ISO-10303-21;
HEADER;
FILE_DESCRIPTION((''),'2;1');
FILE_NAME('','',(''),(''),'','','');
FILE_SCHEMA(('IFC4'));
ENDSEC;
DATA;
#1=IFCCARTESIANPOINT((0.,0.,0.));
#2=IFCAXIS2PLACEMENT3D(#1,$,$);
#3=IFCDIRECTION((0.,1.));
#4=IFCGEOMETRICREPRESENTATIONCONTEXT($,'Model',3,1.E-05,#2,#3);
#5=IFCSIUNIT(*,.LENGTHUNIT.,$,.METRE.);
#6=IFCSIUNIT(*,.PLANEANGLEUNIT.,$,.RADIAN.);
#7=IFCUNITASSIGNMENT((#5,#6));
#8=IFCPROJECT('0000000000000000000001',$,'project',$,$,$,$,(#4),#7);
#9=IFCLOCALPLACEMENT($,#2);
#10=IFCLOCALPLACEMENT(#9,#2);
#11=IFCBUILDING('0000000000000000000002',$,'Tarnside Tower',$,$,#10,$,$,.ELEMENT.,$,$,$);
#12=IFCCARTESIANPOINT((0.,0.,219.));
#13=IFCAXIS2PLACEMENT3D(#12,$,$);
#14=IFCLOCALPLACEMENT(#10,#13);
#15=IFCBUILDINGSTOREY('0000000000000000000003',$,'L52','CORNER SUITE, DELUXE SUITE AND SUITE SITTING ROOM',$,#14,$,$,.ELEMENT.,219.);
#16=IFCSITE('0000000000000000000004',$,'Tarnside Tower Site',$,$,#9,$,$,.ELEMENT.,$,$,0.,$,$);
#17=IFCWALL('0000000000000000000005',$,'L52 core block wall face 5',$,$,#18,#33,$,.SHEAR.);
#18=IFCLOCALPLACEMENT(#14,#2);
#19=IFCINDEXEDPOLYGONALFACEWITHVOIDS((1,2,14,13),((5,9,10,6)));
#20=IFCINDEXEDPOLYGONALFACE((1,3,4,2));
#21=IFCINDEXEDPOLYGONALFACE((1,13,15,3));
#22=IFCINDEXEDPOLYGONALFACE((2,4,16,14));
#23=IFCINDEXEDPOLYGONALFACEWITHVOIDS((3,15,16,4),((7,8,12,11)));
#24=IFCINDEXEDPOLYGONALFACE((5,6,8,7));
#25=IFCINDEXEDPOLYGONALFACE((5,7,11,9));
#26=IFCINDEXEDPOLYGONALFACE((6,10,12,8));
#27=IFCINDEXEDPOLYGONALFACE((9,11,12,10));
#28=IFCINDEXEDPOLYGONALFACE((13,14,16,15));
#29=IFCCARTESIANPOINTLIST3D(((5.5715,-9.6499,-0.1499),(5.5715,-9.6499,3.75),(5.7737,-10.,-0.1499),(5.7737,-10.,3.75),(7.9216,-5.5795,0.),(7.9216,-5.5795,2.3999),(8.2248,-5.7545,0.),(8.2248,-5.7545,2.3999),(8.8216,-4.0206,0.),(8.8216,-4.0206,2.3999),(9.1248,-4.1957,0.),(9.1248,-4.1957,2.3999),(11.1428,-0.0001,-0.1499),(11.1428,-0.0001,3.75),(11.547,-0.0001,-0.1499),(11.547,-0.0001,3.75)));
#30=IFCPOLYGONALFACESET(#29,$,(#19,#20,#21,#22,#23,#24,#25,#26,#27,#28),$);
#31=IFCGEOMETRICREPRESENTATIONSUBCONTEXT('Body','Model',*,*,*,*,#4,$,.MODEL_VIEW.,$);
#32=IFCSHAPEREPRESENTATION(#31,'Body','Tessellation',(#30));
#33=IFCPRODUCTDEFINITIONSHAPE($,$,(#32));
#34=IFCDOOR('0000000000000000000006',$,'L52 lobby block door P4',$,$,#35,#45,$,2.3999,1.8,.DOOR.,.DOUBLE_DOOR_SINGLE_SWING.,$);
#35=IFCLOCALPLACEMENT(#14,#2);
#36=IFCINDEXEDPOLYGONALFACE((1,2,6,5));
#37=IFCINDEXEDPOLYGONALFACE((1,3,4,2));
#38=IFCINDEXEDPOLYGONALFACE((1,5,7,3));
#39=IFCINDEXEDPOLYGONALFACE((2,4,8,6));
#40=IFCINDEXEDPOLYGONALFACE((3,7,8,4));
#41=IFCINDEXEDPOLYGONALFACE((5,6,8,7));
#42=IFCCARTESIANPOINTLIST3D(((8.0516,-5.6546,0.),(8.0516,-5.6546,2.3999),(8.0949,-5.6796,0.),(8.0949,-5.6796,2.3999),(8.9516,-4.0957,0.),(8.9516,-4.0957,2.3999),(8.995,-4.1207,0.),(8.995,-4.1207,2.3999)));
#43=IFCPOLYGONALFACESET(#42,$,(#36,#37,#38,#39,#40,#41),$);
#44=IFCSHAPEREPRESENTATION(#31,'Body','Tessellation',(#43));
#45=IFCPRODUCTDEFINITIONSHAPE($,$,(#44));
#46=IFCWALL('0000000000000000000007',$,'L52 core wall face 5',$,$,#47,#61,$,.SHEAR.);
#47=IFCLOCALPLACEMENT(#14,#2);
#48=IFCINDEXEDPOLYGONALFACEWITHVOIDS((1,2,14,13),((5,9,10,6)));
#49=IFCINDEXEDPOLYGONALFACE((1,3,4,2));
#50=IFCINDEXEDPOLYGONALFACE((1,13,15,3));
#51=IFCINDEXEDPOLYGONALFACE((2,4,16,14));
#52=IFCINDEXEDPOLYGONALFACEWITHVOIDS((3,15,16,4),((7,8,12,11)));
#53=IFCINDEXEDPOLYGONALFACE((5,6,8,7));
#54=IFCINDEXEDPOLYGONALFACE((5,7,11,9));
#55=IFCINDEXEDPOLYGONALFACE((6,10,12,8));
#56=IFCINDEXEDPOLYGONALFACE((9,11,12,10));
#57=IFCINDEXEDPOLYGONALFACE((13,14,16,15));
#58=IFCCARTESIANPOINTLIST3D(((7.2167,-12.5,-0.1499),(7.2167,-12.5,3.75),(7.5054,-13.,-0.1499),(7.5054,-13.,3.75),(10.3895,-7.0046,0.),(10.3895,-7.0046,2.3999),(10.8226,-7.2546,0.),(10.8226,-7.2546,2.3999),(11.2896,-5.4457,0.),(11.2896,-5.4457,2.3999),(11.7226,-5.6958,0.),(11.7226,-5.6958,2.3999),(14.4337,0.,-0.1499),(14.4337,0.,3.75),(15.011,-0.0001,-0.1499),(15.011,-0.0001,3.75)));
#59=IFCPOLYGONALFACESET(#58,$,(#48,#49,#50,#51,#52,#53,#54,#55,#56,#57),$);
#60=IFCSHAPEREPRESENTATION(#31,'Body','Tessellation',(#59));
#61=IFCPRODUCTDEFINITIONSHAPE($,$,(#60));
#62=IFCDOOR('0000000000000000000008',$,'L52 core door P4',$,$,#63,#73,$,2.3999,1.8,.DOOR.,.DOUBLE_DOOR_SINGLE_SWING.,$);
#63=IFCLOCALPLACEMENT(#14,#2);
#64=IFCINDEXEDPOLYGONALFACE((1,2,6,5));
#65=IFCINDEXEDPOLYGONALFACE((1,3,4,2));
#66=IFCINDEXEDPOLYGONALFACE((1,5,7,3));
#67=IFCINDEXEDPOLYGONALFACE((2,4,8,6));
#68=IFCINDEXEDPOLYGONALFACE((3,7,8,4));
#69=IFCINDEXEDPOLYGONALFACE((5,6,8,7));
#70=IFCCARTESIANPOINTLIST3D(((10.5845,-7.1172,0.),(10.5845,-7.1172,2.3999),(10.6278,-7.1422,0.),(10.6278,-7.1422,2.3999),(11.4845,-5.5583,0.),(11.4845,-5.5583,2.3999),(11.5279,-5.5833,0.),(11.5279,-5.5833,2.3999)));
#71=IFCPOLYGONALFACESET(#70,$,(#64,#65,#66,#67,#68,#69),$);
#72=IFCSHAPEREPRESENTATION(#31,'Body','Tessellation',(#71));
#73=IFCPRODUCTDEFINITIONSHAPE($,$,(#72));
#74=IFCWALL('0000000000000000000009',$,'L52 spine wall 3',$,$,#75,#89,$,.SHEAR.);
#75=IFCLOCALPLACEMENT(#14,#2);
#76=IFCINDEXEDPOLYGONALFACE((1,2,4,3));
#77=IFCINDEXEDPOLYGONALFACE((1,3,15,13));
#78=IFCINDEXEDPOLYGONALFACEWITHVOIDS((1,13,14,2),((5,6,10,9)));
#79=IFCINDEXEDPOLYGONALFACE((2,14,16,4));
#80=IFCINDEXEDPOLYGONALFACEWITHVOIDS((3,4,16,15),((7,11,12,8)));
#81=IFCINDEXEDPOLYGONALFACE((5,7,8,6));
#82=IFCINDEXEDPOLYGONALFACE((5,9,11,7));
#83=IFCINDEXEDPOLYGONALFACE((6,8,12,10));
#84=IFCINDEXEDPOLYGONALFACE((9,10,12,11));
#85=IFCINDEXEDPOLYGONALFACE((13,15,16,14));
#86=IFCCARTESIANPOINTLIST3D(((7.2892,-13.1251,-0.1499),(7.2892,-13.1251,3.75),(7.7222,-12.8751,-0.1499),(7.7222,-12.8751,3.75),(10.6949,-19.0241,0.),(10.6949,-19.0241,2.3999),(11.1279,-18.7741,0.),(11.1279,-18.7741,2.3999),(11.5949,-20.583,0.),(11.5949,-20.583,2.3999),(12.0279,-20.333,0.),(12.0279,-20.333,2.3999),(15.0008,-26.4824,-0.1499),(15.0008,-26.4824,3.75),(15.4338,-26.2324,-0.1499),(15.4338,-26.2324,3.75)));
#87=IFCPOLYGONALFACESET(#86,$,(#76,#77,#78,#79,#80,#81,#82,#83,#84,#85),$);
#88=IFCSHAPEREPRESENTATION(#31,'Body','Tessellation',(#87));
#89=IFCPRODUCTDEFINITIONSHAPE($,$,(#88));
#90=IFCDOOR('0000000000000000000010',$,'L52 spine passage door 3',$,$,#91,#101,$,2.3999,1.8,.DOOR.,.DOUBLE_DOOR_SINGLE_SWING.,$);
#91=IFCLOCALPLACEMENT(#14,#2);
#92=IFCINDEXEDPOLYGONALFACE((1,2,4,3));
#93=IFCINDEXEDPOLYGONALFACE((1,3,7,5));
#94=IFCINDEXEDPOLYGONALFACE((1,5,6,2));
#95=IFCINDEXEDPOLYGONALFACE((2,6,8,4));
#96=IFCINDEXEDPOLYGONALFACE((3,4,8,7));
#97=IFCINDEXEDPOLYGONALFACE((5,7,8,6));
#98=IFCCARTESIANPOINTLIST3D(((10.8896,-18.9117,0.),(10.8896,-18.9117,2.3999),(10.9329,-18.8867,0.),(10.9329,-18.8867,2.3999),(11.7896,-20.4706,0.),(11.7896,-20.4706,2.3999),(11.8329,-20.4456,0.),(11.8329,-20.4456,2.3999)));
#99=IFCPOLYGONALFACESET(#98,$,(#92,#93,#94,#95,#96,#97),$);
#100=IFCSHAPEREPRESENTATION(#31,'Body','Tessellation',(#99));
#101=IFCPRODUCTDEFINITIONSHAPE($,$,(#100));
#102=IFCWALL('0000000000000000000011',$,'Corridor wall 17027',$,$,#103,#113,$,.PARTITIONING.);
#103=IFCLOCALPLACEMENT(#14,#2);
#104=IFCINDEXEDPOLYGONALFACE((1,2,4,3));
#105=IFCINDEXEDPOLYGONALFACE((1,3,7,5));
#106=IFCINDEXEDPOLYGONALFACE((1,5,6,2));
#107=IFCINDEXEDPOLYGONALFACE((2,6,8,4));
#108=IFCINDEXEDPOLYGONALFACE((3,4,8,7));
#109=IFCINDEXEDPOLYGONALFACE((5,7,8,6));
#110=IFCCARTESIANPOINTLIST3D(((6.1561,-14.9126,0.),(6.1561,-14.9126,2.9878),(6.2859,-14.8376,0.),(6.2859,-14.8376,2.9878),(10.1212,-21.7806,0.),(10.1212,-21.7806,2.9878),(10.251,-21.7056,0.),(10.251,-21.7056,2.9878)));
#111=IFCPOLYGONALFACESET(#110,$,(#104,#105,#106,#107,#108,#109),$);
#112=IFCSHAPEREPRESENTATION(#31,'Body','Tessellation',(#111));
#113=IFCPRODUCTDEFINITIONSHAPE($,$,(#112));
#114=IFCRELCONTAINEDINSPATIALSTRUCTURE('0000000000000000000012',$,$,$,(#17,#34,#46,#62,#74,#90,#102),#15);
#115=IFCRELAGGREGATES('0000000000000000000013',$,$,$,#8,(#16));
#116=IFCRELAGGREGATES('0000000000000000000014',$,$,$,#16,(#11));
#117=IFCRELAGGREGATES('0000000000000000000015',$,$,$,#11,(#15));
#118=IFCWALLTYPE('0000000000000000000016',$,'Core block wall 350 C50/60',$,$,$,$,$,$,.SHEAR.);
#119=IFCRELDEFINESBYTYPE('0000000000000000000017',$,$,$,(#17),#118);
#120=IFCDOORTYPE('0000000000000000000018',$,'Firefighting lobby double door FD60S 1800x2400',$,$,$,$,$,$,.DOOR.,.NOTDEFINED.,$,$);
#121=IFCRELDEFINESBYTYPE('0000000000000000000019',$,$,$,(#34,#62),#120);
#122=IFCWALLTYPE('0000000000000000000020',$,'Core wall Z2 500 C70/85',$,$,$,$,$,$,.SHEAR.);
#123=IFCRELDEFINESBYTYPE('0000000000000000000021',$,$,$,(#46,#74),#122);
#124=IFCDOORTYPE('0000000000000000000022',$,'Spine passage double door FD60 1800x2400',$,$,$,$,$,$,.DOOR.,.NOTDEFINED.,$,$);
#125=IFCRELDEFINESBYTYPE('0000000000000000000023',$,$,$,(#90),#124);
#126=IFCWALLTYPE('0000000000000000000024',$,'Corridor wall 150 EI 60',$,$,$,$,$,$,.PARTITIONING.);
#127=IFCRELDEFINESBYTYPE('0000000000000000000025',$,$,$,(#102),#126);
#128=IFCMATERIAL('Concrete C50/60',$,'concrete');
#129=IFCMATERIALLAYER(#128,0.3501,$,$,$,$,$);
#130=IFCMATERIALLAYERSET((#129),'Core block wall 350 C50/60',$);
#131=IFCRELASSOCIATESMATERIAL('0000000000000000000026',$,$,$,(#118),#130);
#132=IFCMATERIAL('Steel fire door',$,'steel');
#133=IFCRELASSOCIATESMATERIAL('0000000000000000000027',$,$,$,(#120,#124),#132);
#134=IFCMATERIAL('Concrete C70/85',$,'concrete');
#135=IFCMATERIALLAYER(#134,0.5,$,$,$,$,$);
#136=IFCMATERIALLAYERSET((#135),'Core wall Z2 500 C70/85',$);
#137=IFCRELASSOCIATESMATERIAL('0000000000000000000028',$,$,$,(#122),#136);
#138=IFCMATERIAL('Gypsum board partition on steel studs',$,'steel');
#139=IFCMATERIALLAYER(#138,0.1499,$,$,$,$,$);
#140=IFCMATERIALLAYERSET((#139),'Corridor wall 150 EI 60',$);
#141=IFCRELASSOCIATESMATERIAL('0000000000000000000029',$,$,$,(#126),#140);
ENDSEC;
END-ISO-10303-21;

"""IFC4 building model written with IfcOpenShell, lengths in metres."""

from ifc_helpers import new_model, si_unit, direction, frame, frame_2d, origin, place, context, subcontext, project, spatial, polyline, rectangle, outline, extrude, material, layer, layer_set, type_object, element, fill, save


model = new_model("IFC4")

# Units and contexts
model_context = context("Model", 3, precision=1e-05, world=origin(), true_north=direction((0.0, 1.0)))
body_context = subcontext(model_context, "Body", "Model", "MODEL_VIEW")
ifc_project = project(units=[si_unit("LENGTHUNIT", "METRE"), si_unit("PLANEANGLEUNIT", "RADIAN")], contexts=[model_context])

# Site, building, storey
site_placement = place(None, origin())
site = spatial("IfcSite", under=ifc_project, at=site_placement, Name="Tarnside Tower Site", CompositionType="ELEMENT", RefElevation=0.0)
building_placement = place(site_placement, origin())
building = spatial("IfcBuilding", under=site, at=building_placement, Name="Tarnside Tower", CompositionType="ELEMENT")
storey_placement = place(building_placement, frame((0.0, 0.0, 219.0)))
storey = spatial("IfcBuildingStorey", under=building, at=storey_placement, Name="L52", Description="CORNER SUITE, DELUXE SUITE AND SUITE SITTING ROOM", CompositionType="ELEMENT", Elevation=219.0)

# Shared definitions
ifc_material_1 = material(Name="Gypsum board partition on steel studs", Category="steel")

# Walls, openings, doors
ifc_material_2 = material(Name="Concrete C50/60", Category="concrete")
ifc_layer_1 = layer(ifc_material_2, 0.3501)
ifc_layer_set_1 = layer_set([ifc_layer_1], Name="Core block wall 350 C50/60")
wall_type_1 = type_object("IfcWallType", Name="Core block wall 350 C50/60", PredefinedType="SHEAR", material=ifc_layer_set_1)
wall_1_placement = place(storey_placement, frame((5.6726, -9.825, -0.1499), z_axis=(0.0, 0.0, 1.0), x_axis=(0.499995, 0.866028, 0.0)))
wall_1 = element("IfcWall", 1, at=wall_1_placement, inside=storey, type_object=wall_type_1, Name="L52 core block wall face 5", PredefinedType="SHEAR", context=body_context, shape_type="SweptSolid", body=[
    extrude(outline(polyline([(-0.1011, -0.175), (11.4458, -0.175), (11.2437, 0.175), (0.1011, 0.175), (-0.1011, -0.175)])), origin(), (0.0, 0.0, 1.0), 3.8999),
])
opening_1_placement = place(wall_1_placement, frame((4.8013, 0.0, 0.1499)))
opening_1 = element("IfcOpeningElement", 2, at=opening_1_placement, cuts=wall_1, PredefinedType="OPENING", context=body_context, shape_type="SweptSolid", body=[
    extrude(rectangle(XDim=1.8, YDim=2.3999, at=frame_2d((0.8999, 1.2))), frame((0.0, 0.1851, 0.0), z_axis=(0.0, -1.0, 0.0), x_axis=(1.0, 0.0, 0.0)), (0.0, 0.0, 1.0), 0.3701),
])
ifc_material_3 = material(Name="Steel fire door", Category="steel")
door_type_1 = type_object("IfcDoorType", Name="Firefighting lobby double door FD60S 1800x2400", OperationType="NOTDEFINED", PredefinedType="DOOR", material=ifc_material_3)
door_1_placement = place(opening_1_placement, origin())
door_1 = element("IfcDoor", 3, at=door_1_placement, inside=storey, type_object=door_type_1, Name="L52 lobby block door P4", OperationType="DOUBLE_DOOR_SINGLE_SWING", OverallHeight=2.3999, OverallWidth=1.8, PredefinedType="DOOR", context=body_context, shape_type="SweptSolid", body=[
    extrude(rectangle(XDim=1.8, YDim=2.3999, at=frame_2d((0.8999, 1.2))), frame((0.0, 0.0249, 0.0), z_axis=(0.0, -1.0, 0.0), x_axis=(1.0, 0.0, 0.0)), (0.0, 0.0, 1.0), 0.05),
])
fill(opening_1, door_1)
ifc_material_4 = material(Name="Concrete C70/85", Category="concrete")
ifc_layer_2 = layer(ifc_material_4, 0.5)
ifc_layer_set_2 = layer_set([ifc_layer_2], Name="Core wall Z2 500 C70/85")
wall_type_2 = type_object("IfcWallType", Name="Core wall Z2 500 C70/85", PredefinedType="SHEAR", material=ifc_layer_set_2)
wall_2_placement = place(storey_placement, frame((7.3611, -12.75, -0.1499), z_axis=(0.0, 0.0, 1.0), x_axis=(0.500006, 0.866022, 0.0)))
wall_2 = element("IfcWall", 4, at=wall_2_placement, inside=storey, type_object=wall_type_2, Name="L52 core wall face 5", PredefinedType="SHEAR", context=body_context, shape_type="SweptSolid", body=[
    extrude(outline(polyline([(-0.1443, -0.25), (14.8667, -0.25), (14.5781, 0.25), (0.1443, 0.25), (-0.1443, -0.25)])), origin(), (0.0, 0.0, 1.0), 3.8999),
])
opening_2_placement = place(wall_2_placement, frame((6.49, 0.0, 0.1499)))
opening_2 = element("IfcOpeningElement", 5, at=opening_2_placement, cuts=wall_2, PredefinedType="OPENING", context=body_context, shape_type="SweptSolid", body=[
    extrude(rectangle(XDim=1.8, YDim=2.3999, at=frame_2d((0.8999, 1.2))), frame((0.0, 0.26, 0.0), z_axis=(0.0, -1.0, 0.0), x_axis=(1.0, 0.0, 0.0)), (0.0, 0.0, 1.0), 0.52),
])
door_2_placement = place(opening_2_placement, origin())
door_2 = element("IfcDoor", 6, at=door_2_placement, inside=storey, type_object=door_type_1, Name="L52 core door P4", OperationType="DOUBLE_DOOR_SINGLE_SWING", OverallHeight=2.3999, OverallWidth=1.8, PredefinedType="DOOR", context=body_context, shape_type="SweptSolid", body=[
    extrude(rectangle(XDim=1.8, YDim=2.3999, at=frame_2d((0.8999, 1.2))), frame((0.0, 0.0249, 0.0), z_axis=(0.0, -1.0, 0.0), x_axis=(1.0, 0.0, 0.0)), (0.0, 0.0, 1.0), 0.05),
])
fill(opening_2, door_2)
wall_3_placement = place(storey_placement, frame((7.5056, -13.0, -0.1499), z_axis=(0.0, 0.0, 1.0), x_axis=(0.499988, -0.866032, 0.0)))
wall_3 = element("IfcWall", 7, at=wall_3_placement, inside=storey, type_object=wall_type_2, Name="L52 spine wall 3", PredefinedType="SHEAR", context=body_context, shape_type="SweptSolid", body=[
    extrude(rectangle(XDim=15.4236, YDim=0.5, at=frame_2d((7.7119, 0.0))), origin(), (0.0, 0.0, 1.0), 3.8999),
])
opening_3_placement = place(wall_3_placement, frame((6.8118, 0.0, 0.1499)))
opening_3 = element("IfcOpeningElement", 8, at=opening_3_placement, cuts=wall_3, PredefinedType="OPENING", context=body_context, shape_type="SweptSolid", body=[
    extrude(rectangle(XDim=1.8, YDim=2.3999, at=frame_2d((0.8999, 1.2))), frame((0.0, 0.26, 0.0), z_axis=(0.0, -1.0, 0.0), x_axis=(1.0, 0.0, 0.0)), (0.0, 0.0, 1.0), 0.52),
])
door_type_2 = type_object("IfcDoorType", Name="Spine passage double door FD60 1800x2400", OperationType="NOTDEFINED", PredefinedType="DOOR", material=ifc_material_3)
door_3_placement = place(opening_3_placement, origin())
door_3 = element("IfcDoor", 9, at=door_3_placement, inside=storey, type_object=door_type_2, Name="L52 spine passage door 3", OperationType="DOUBLE_DOOR_SINGLE_SWING", OverallHeight=2.3999, OverallWidth=1.8, PredefinedType="DOOR", context=body_context, shape_type="SweptSolid", body=[
    extrude(rectangle(XDim=1.8, YDim=2.3999, at=frame_2d((0.8999, 1.2))), frame((0.0, 0.0249, 0.0), z_axis=(0.0, -1.0, 0.0), x_axis=(1.0, 0.0, 0.0)), (0.0, 0.0, 1.0), 0.05),
])
fill(opening_3, door_3)

# Wall
ifc_layer_3 = layer(ifc_material_1, 0.1499)
ifc_layer_set_3 = layer_set([ifc_layer_3], Name="Corridor wall 150 EI 60")
wall_type_3 = type_object("IfcWallType", Name="Corridor wall 150 EI 60", PredefinedType="PARTITIONING", material=ifc_layer_set_3)
wall_4_placement = place(storey_placement, frame((6.2209, -14.875, 0.0), z_axis=(0.0, 0.0, 1.0), x_axis=(0.49999, -0.866031, 0.0)))
element("IfcWall", 10, at=wall_4_placement, inside=storey, type_object=wall_type_3, Name="Corridor wall 17027", PredefinedType="PARTITIONING", context=body_context, shape_type="SweptSolid", body=[
    extrude(rectangle(XDim=7.9304, YDim=0.1499, at=frame_2d((3.9653, 0.0))), origin(), (0.0, 0.0, 1.0), 2.9878),
])

save(model, "model.ifc")
